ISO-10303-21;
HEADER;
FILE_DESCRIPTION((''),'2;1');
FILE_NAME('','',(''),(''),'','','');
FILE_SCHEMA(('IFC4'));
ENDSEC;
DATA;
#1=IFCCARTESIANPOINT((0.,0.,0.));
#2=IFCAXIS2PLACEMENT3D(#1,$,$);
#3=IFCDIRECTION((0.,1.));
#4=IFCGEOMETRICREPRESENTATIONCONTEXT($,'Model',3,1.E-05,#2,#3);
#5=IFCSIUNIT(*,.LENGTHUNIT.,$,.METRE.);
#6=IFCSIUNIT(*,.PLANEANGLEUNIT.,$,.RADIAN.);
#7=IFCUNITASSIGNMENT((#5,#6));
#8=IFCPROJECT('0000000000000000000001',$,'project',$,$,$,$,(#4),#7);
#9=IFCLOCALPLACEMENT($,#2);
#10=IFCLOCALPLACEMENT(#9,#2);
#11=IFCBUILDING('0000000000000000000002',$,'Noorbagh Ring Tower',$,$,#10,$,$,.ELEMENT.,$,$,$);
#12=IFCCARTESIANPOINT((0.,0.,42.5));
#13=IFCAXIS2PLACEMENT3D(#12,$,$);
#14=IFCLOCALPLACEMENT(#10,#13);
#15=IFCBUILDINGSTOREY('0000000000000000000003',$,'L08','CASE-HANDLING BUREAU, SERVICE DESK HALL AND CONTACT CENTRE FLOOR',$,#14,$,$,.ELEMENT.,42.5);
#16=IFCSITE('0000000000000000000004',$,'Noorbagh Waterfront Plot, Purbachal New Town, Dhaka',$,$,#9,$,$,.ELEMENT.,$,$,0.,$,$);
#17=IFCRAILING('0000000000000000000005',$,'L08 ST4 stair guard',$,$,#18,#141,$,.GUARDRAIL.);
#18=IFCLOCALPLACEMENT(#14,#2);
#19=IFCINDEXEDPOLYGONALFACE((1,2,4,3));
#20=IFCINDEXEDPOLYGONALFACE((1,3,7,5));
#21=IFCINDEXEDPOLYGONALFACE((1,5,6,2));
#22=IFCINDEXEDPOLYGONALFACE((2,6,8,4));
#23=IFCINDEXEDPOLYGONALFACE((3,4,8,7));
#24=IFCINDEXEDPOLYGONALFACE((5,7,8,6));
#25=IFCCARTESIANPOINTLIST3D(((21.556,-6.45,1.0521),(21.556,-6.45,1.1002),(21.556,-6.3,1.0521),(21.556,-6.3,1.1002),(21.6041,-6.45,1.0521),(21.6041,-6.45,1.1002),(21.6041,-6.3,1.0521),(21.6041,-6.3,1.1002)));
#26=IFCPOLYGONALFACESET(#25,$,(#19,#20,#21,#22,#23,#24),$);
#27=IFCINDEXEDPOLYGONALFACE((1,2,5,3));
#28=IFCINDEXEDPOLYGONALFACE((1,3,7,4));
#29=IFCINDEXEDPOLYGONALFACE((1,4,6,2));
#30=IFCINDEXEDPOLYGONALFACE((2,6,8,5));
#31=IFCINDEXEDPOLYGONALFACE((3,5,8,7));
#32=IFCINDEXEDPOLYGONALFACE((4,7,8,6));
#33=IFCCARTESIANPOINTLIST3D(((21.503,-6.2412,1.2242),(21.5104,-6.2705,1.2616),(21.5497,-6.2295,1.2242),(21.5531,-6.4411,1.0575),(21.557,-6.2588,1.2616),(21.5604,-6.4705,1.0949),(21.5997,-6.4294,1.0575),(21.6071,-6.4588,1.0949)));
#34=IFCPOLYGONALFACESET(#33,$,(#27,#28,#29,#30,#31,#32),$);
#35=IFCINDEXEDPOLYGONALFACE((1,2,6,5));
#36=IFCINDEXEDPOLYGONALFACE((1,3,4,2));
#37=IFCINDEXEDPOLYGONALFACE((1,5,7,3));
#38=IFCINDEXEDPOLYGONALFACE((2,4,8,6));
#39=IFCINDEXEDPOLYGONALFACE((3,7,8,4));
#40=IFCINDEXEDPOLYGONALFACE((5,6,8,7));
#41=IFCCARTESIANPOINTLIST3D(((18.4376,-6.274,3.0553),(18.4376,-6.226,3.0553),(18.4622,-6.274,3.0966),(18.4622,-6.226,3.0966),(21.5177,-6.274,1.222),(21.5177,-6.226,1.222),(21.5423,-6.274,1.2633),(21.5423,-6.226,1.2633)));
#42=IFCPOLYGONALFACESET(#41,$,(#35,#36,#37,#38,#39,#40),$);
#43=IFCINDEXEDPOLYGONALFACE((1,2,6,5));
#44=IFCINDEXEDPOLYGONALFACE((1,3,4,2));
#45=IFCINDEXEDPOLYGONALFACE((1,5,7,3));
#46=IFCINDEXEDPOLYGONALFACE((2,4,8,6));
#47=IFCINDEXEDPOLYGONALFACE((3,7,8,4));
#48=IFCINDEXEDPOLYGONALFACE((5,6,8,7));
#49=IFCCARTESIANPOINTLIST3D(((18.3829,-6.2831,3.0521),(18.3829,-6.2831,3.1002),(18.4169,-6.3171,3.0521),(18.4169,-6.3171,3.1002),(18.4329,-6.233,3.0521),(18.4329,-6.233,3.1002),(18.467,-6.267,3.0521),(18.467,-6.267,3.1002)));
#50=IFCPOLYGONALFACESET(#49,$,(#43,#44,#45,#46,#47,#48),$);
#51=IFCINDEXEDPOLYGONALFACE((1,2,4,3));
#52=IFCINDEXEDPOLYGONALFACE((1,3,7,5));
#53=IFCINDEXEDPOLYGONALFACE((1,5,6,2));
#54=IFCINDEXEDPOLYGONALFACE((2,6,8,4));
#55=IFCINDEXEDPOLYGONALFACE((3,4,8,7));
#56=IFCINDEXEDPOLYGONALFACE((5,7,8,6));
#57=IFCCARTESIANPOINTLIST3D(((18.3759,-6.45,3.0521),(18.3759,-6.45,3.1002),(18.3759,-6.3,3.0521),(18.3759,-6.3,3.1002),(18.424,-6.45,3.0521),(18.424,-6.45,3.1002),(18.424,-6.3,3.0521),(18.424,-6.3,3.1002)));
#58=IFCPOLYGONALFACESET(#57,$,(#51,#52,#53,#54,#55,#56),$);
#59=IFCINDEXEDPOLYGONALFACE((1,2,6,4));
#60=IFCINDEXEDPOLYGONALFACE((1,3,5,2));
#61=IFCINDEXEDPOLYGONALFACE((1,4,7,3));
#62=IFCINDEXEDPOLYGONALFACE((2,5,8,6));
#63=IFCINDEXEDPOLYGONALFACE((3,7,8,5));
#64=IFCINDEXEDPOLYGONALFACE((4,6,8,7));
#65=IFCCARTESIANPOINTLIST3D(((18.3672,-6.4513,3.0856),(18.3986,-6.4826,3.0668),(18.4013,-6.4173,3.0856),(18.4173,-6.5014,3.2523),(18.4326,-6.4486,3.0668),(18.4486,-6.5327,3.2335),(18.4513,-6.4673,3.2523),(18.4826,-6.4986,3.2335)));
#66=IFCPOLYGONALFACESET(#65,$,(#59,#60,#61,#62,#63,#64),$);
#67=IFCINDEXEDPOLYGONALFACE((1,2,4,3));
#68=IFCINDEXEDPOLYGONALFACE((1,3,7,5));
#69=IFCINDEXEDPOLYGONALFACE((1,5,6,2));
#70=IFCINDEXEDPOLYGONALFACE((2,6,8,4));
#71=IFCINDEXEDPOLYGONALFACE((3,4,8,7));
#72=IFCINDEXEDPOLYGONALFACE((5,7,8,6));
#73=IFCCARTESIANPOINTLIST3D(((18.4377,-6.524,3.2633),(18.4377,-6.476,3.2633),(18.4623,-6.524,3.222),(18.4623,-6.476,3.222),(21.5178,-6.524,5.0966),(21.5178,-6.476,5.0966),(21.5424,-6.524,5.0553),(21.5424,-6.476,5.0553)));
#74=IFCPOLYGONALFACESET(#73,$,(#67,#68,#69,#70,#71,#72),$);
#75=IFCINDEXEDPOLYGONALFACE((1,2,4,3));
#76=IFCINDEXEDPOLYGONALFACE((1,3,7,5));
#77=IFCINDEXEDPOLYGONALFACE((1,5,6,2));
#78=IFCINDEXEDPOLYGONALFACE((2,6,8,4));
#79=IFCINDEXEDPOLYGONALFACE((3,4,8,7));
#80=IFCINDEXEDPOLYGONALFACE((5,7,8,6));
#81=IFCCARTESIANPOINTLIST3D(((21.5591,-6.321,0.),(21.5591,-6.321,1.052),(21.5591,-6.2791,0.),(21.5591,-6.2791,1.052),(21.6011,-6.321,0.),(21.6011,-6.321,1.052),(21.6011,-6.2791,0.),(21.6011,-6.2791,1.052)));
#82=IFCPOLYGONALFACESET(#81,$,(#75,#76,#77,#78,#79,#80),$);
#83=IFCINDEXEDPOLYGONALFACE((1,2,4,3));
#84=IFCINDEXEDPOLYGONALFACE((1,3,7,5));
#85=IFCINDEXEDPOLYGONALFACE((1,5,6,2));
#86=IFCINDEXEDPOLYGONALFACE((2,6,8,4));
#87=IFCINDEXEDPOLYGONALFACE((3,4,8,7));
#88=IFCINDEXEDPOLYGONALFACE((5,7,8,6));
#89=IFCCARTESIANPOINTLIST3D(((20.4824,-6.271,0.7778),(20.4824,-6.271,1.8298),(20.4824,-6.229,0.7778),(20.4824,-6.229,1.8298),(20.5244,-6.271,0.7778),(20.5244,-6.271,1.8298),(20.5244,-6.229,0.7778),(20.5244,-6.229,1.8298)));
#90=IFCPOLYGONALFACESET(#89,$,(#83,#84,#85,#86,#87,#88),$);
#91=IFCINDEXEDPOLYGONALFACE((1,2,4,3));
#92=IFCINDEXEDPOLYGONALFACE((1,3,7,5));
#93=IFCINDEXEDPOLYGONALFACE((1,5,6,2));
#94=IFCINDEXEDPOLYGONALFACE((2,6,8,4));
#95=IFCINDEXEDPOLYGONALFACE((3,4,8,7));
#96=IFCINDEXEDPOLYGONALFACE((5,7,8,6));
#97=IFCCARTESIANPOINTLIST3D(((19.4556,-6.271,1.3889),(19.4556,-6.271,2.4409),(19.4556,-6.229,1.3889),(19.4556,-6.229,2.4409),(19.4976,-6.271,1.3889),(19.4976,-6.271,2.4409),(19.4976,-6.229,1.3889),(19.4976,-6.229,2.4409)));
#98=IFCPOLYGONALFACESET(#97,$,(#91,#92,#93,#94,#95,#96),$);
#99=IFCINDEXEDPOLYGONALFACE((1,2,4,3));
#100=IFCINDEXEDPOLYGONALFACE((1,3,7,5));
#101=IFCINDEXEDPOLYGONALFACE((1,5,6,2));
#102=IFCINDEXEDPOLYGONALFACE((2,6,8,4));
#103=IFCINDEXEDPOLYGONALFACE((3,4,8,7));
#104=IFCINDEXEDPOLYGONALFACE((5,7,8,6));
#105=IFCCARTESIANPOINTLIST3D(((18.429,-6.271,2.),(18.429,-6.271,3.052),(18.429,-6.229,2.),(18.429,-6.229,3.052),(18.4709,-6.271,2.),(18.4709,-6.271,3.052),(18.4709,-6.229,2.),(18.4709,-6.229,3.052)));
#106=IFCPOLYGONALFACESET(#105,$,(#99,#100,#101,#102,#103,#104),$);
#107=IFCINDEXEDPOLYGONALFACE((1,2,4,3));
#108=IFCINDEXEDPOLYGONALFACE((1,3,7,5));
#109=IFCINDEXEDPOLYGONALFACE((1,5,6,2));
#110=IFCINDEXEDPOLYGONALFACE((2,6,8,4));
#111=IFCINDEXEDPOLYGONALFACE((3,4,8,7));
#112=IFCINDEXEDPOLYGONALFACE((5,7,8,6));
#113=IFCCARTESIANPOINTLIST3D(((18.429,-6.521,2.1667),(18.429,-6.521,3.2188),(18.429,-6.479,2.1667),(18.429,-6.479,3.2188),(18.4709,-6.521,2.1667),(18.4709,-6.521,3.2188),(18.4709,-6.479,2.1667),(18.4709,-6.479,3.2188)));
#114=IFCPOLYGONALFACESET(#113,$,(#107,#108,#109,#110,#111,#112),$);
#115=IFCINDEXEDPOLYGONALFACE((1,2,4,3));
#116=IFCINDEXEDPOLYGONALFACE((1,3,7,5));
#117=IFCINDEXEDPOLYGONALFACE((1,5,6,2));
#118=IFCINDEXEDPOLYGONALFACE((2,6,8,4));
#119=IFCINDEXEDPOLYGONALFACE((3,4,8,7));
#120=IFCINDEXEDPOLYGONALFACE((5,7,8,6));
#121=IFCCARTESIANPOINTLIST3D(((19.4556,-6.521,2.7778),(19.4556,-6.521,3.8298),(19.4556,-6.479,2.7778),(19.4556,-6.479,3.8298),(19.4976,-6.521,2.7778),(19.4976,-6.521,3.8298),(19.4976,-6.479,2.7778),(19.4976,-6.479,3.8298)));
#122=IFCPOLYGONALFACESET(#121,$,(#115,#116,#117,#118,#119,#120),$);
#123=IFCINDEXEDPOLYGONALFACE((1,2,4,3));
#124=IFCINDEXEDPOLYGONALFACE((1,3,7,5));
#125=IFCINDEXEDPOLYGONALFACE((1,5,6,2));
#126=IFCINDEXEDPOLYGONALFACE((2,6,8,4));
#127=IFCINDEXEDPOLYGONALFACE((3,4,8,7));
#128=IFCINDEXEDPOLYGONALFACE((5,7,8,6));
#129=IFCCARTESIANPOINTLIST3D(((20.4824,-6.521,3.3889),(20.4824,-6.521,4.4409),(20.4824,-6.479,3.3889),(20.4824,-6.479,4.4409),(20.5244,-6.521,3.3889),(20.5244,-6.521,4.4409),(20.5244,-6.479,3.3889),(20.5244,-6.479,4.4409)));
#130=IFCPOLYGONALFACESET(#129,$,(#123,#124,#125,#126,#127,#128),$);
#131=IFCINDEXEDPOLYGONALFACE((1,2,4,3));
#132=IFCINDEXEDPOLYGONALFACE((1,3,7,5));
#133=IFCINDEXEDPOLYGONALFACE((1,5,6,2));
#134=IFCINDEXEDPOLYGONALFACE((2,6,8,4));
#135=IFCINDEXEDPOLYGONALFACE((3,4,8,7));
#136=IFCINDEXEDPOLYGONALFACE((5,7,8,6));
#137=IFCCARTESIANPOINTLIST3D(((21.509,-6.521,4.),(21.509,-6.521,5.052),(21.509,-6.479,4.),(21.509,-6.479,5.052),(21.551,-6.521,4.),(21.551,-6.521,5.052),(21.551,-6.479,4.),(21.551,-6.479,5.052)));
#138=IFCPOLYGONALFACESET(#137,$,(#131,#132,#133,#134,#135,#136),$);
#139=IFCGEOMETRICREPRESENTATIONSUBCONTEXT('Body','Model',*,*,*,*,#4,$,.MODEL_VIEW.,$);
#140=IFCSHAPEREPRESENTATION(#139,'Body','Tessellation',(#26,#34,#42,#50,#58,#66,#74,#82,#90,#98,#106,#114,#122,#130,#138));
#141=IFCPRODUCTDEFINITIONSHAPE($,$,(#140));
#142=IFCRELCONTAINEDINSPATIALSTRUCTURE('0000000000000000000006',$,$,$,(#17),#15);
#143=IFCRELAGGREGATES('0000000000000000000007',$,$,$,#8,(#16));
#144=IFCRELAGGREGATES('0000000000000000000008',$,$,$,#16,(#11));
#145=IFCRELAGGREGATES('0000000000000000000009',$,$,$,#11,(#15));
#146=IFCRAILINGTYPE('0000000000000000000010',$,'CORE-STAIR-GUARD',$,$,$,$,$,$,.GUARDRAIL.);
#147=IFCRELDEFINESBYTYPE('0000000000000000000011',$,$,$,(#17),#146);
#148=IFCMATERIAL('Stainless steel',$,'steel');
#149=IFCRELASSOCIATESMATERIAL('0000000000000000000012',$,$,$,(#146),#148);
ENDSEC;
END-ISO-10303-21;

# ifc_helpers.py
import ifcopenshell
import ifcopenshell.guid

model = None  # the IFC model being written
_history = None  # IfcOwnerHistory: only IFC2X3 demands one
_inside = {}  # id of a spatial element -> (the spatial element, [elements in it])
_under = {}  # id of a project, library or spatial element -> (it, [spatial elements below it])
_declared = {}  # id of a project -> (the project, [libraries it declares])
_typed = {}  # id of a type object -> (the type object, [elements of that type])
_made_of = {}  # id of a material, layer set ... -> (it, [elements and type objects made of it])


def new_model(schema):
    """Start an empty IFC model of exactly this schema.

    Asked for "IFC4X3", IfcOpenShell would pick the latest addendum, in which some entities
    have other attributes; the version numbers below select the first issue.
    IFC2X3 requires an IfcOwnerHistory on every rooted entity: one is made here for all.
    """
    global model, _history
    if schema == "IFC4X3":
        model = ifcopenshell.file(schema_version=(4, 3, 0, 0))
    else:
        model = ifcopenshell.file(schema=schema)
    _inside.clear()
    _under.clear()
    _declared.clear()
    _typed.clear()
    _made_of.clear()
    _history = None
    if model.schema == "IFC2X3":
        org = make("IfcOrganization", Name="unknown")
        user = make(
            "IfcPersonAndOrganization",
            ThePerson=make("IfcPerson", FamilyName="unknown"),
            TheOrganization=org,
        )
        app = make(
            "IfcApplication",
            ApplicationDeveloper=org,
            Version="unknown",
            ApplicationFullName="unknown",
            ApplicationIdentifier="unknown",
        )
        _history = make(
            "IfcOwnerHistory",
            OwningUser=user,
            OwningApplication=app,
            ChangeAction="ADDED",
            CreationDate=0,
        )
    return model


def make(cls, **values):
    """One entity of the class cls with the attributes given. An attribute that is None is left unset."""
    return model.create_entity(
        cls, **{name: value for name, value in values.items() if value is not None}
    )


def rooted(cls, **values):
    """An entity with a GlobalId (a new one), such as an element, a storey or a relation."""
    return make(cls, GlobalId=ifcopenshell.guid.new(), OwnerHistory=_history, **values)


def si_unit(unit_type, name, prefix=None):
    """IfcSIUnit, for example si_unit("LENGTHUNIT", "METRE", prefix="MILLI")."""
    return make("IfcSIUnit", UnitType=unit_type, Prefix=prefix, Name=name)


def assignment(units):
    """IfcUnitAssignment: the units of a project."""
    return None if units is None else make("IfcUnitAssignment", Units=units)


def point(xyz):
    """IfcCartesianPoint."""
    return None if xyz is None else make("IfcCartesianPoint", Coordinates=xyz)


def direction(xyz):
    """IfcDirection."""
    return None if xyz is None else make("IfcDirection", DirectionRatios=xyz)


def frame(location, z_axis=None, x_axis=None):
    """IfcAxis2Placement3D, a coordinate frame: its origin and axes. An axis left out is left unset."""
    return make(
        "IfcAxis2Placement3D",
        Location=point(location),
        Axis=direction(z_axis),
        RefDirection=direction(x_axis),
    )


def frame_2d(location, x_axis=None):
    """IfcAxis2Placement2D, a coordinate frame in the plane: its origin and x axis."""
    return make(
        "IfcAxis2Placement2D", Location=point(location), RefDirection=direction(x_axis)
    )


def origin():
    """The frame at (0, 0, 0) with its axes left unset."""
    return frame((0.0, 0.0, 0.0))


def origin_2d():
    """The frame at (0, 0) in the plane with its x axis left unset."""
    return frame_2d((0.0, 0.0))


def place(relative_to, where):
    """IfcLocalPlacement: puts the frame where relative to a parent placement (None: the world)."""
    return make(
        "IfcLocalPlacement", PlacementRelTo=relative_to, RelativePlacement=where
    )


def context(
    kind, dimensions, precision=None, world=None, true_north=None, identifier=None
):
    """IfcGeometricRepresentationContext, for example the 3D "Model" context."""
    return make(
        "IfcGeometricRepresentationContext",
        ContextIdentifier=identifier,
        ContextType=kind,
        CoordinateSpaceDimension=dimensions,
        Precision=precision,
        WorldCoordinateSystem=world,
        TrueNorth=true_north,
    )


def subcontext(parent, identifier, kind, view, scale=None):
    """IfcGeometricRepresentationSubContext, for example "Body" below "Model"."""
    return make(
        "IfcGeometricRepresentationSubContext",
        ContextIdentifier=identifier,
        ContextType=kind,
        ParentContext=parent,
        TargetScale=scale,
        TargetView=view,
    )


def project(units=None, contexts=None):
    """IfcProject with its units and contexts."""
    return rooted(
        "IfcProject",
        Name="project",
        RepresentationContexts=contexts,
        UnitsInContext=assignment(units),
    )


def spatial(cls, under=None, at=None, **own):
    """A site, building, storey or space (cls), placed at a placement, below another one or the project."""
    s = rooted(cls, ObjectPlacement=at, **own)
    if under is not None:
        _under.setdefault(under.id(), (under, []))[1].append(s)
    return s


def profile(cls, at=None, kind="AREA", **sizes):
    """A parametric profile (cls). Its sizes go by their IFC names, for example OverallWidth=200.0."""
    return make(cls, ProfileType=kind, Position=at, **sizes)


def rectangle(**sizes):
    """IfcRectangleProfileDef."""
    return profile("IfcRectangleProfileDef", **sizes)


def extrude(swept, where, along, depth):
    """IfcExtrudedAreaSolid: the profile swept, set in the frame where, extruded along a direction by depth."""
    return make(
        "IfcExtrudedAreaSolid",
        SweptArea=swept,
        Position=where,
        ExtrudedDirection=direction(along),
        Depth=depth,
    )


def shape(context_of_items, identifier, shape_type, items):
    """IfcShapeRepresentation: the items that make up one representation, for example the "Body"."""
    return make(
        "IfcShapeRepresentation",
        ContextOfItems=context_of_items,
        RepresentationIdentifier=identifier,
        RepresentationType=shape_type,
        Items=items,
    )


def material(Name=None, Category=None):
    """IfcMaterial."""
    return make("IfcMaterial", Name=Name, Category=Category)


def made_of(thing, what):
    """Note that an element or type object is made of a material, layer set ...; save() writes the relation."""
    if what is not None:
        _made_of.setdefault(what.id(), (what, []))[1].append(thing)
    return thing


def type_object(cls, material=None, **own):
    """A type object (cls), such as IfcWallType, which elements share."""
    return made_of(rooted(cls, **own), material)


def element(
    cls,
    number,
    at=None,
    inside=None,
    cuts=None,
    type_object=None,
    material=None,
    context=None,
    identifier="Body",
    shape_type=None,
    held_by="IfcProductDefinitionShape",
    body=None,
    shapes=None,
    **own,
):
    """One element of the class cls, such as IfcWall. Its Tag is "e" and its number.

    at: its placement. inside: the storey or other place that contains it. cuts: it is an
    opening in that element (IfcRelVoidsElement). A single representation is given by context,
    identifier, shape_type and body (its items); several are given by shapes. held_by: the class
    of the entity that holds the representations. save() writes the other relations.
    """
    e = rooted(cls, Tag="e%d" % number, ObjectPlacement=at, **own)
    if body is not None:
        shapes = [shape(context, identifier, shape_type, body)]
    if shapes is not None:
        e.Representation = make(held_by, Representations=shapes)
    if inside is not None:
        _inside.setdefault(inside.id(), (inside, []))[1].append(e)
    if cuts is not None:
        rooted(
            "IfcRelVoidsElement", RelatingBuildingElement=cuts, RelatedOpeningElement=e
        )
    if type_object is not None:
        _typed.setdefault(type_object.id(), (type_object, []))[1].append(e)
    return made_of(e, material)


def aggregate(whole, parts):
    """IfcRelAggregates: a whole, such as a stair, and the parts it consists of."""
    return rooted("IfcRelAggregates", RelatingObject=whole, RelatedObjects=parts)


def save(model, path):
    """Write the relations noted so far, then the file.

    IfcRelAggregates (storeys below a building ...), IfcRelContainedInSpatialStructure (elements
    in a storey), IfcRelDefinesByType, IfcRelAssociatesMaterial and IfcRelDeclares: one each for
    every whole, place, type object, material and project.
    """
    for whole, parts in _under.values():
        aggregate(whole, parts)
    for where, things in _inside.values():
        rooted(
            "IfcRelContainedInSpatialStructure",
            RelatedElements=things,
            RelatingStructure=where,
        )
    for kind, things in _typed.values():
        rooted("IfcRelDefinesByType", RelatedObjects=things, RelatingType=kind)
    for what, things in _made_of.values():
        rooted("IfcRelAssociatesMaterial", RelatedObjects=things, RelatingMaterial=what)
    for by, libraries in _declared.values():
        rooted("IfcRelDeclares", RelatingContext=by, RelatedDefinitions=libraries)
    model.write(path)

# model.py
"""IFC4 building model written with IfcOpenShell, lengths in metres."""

from ifc_helpers import new_model, si_unit, direction, frame, origin, origin_2d, place, context, subcontext, project, spatial, rectangle, extrude, material, type_object, element, save


model = new_model("IFC4")

# Units and contexts
model_context = context("Model", 3, precision=1e-05, world=origin(), true_north=direction((0.0, 1.0)))
body_context = subcontext(model_context, "Body", "Model", "MODEL_VIEW")
ifc_project = project(units=[si_unit("LENGTHUNIT", "METRE"), si_unit("PLANEANGLEUNIT", "RADIAN")], contexts=[model_context])

# Site, building, storey
site_placement = place(None, origin())
site = spatial("IfcSite", under=ifc_project, at=site_placement, Name="Noorbagh Waterfront Plot, Purbachal New Town, Dhaka", CompositionType="ELEMENT", RefElevation=0.0)
building_placement = place(site_placement, origin())
building = spatial("IfcBuilding", under=site, at=building_placement, Name="Noorbagh Ring Tower", CompositionType="ELEMENT")
storey_placement = place(building_placement, frame((0.0, 0.0, 42.5)))
storey = spatial("IfcBuildingStorey", under=building, at=storey_placement, Name="L08", Description="CASE-HANDLING BUREAU, SERVICE DESK HALL AND CONTACT CENTRE FLOOR", CompositionType="ELEMENT", Elevation=42.5)

# Railing
ifc_material_1 = material(Name="Stainless steel", Category="steel")
railing_type_1 = type_object("IfcRailingType", Name="CORE-STAIR-GUARD", PredefinedType="GUARDRAIL", material=ifc_material_1)
railing_1_placement = place(storey_placement, frame((21.5801, -6.3, 0.0)))
element("IfcRailing", 1, at=railing_1_placement, inside=storey, type_object=railing_type_1, Name="L08 ST4 stair guard", PredefinedType="GUARDRAIL", context=body_context, shape_type="SweptSolid", body=[
    extrude(rectangle(XDim=0.0481, YDim=0.0481, at=origin_2d()), frame((0.0, 0.0, 1.0762), z_axis=(0.0, -1.0, 0.0), x_axis=(1.0, 0.0, 0.0)), (0.0, 0.0, 1.0), 0.1499),
    extrude(rectangle(XDim=0.0481, YDim=0.0481, at=origin_2d()), frame((0.0, -0.1499, 1.0762), z_axis=(-0.188776, 0.754182, 0.628946), x_axis=(-0.970073, -0.242814, 0.0)), (0.0, 0.0, 1.0), 0.2651),
    extrude(rectangle(XDim=0.0481, YDim=0.0481, at=origin_2d()), frame((-0.05, 0.05, 1.2427), z_axis=(-0.859309, 0.0, 0.511458), x_axis=(0.0, -1.0, 0.0)), (0.0, 0.0, 1.0), 3.5845),
    extrude(rectangle(XDim=0.0481, YDim=0.0481, at=origin_2d()), frame((-3.1301, 0.05, 3.0762), z_axis=(-0.707107, -0.707107, 0.0), x_axis=(0.707107, -0.707107, 0.0)), (0.0, 0.0, 1.0), 0.0708),
    extrude(rectangle(XDim=0.0481, YDim=0.0481, at=origin_2d()), frame((-3.1802, 0.0, 3.0762), z_axis=(0.0, -1.0, 0.0), x_axis=(1.0, 0.0, 0.0)), (0.0, 0.0, 1.0), 0.1499),
    extrude(rectangle(XDim=0.0481, YDim=0.0481, at=origin_2d()), frame((-3.1802, -0.1499, 3.0762), z_axis=(0.276287, -0.276287, 0.920506), x_axis=(0.707107, 0.707107, 0.0)), (0.0, 0.0, 1.0), 0.1812),
    extrude(rectangle(XDim=0.0481, YDim=0.0481, at=origin_2d()), frame((-3.1301, -0.2, 3.2427), z_axis=(0.859309, 0.0, 0.511458), x_axis=(0.0, 1.0, 0.0)), (0.0, 0.0, 1.0), 3.5845),
    extrude(rectangle(XDim=0.042, YDim=0.042, at=origin_2d()), origin(), (0.0, 0.0, 1.0), 1.052),
    extrude(rectangle(XDim=0.042, YDim=0.042, at=origin_2d()), frame((-1.0767, 0.05, 0.7778)), (0.0, 0.0, 1.0), 1.052),
    extrude(rectangle(XDim=0.042, YDim=0.042, at=origin_2d()), frame((-2.1035, 0.05, 1.3889)), (0.0, 0.0, 1.0), 1.052),
    extrude(rectangle(XDim=0.042, YDim=0.042, at=origin_2d()), frame((-3.1301, 0.05, 2.0)), (0.0, 0.0, 1.0), 1.052),
    extrude(rectangle(XDim=0.042, YDim=0.042, at=origin_2d()), frame((-3.1301, -0.2, 2.1667)), (0.0, 0.0, 1.0), 1.052),
    extrude(rectangle(XDim=0.042, YDim=0.042, at=origin_2d()), frame((-2.1035, -0.2, 2.7778)), (0.0, 0.0, 1.0), 1.052),
    extrude(rectangle(XDim=0.042, YDim=0.042, at=origin_2d()), frame((-1.0767, -0.2, 3.3889)), (0.0, 0.0, 1.0), 1.052),
    extrude(rectangle(XDim=0.042, YDim=0.042, at=origin_2d()), frame((-0.05, -0.2, 4.0)), (0.0, 0.0, 1.0), 1.052),
])

save(model, "model.ifc")
